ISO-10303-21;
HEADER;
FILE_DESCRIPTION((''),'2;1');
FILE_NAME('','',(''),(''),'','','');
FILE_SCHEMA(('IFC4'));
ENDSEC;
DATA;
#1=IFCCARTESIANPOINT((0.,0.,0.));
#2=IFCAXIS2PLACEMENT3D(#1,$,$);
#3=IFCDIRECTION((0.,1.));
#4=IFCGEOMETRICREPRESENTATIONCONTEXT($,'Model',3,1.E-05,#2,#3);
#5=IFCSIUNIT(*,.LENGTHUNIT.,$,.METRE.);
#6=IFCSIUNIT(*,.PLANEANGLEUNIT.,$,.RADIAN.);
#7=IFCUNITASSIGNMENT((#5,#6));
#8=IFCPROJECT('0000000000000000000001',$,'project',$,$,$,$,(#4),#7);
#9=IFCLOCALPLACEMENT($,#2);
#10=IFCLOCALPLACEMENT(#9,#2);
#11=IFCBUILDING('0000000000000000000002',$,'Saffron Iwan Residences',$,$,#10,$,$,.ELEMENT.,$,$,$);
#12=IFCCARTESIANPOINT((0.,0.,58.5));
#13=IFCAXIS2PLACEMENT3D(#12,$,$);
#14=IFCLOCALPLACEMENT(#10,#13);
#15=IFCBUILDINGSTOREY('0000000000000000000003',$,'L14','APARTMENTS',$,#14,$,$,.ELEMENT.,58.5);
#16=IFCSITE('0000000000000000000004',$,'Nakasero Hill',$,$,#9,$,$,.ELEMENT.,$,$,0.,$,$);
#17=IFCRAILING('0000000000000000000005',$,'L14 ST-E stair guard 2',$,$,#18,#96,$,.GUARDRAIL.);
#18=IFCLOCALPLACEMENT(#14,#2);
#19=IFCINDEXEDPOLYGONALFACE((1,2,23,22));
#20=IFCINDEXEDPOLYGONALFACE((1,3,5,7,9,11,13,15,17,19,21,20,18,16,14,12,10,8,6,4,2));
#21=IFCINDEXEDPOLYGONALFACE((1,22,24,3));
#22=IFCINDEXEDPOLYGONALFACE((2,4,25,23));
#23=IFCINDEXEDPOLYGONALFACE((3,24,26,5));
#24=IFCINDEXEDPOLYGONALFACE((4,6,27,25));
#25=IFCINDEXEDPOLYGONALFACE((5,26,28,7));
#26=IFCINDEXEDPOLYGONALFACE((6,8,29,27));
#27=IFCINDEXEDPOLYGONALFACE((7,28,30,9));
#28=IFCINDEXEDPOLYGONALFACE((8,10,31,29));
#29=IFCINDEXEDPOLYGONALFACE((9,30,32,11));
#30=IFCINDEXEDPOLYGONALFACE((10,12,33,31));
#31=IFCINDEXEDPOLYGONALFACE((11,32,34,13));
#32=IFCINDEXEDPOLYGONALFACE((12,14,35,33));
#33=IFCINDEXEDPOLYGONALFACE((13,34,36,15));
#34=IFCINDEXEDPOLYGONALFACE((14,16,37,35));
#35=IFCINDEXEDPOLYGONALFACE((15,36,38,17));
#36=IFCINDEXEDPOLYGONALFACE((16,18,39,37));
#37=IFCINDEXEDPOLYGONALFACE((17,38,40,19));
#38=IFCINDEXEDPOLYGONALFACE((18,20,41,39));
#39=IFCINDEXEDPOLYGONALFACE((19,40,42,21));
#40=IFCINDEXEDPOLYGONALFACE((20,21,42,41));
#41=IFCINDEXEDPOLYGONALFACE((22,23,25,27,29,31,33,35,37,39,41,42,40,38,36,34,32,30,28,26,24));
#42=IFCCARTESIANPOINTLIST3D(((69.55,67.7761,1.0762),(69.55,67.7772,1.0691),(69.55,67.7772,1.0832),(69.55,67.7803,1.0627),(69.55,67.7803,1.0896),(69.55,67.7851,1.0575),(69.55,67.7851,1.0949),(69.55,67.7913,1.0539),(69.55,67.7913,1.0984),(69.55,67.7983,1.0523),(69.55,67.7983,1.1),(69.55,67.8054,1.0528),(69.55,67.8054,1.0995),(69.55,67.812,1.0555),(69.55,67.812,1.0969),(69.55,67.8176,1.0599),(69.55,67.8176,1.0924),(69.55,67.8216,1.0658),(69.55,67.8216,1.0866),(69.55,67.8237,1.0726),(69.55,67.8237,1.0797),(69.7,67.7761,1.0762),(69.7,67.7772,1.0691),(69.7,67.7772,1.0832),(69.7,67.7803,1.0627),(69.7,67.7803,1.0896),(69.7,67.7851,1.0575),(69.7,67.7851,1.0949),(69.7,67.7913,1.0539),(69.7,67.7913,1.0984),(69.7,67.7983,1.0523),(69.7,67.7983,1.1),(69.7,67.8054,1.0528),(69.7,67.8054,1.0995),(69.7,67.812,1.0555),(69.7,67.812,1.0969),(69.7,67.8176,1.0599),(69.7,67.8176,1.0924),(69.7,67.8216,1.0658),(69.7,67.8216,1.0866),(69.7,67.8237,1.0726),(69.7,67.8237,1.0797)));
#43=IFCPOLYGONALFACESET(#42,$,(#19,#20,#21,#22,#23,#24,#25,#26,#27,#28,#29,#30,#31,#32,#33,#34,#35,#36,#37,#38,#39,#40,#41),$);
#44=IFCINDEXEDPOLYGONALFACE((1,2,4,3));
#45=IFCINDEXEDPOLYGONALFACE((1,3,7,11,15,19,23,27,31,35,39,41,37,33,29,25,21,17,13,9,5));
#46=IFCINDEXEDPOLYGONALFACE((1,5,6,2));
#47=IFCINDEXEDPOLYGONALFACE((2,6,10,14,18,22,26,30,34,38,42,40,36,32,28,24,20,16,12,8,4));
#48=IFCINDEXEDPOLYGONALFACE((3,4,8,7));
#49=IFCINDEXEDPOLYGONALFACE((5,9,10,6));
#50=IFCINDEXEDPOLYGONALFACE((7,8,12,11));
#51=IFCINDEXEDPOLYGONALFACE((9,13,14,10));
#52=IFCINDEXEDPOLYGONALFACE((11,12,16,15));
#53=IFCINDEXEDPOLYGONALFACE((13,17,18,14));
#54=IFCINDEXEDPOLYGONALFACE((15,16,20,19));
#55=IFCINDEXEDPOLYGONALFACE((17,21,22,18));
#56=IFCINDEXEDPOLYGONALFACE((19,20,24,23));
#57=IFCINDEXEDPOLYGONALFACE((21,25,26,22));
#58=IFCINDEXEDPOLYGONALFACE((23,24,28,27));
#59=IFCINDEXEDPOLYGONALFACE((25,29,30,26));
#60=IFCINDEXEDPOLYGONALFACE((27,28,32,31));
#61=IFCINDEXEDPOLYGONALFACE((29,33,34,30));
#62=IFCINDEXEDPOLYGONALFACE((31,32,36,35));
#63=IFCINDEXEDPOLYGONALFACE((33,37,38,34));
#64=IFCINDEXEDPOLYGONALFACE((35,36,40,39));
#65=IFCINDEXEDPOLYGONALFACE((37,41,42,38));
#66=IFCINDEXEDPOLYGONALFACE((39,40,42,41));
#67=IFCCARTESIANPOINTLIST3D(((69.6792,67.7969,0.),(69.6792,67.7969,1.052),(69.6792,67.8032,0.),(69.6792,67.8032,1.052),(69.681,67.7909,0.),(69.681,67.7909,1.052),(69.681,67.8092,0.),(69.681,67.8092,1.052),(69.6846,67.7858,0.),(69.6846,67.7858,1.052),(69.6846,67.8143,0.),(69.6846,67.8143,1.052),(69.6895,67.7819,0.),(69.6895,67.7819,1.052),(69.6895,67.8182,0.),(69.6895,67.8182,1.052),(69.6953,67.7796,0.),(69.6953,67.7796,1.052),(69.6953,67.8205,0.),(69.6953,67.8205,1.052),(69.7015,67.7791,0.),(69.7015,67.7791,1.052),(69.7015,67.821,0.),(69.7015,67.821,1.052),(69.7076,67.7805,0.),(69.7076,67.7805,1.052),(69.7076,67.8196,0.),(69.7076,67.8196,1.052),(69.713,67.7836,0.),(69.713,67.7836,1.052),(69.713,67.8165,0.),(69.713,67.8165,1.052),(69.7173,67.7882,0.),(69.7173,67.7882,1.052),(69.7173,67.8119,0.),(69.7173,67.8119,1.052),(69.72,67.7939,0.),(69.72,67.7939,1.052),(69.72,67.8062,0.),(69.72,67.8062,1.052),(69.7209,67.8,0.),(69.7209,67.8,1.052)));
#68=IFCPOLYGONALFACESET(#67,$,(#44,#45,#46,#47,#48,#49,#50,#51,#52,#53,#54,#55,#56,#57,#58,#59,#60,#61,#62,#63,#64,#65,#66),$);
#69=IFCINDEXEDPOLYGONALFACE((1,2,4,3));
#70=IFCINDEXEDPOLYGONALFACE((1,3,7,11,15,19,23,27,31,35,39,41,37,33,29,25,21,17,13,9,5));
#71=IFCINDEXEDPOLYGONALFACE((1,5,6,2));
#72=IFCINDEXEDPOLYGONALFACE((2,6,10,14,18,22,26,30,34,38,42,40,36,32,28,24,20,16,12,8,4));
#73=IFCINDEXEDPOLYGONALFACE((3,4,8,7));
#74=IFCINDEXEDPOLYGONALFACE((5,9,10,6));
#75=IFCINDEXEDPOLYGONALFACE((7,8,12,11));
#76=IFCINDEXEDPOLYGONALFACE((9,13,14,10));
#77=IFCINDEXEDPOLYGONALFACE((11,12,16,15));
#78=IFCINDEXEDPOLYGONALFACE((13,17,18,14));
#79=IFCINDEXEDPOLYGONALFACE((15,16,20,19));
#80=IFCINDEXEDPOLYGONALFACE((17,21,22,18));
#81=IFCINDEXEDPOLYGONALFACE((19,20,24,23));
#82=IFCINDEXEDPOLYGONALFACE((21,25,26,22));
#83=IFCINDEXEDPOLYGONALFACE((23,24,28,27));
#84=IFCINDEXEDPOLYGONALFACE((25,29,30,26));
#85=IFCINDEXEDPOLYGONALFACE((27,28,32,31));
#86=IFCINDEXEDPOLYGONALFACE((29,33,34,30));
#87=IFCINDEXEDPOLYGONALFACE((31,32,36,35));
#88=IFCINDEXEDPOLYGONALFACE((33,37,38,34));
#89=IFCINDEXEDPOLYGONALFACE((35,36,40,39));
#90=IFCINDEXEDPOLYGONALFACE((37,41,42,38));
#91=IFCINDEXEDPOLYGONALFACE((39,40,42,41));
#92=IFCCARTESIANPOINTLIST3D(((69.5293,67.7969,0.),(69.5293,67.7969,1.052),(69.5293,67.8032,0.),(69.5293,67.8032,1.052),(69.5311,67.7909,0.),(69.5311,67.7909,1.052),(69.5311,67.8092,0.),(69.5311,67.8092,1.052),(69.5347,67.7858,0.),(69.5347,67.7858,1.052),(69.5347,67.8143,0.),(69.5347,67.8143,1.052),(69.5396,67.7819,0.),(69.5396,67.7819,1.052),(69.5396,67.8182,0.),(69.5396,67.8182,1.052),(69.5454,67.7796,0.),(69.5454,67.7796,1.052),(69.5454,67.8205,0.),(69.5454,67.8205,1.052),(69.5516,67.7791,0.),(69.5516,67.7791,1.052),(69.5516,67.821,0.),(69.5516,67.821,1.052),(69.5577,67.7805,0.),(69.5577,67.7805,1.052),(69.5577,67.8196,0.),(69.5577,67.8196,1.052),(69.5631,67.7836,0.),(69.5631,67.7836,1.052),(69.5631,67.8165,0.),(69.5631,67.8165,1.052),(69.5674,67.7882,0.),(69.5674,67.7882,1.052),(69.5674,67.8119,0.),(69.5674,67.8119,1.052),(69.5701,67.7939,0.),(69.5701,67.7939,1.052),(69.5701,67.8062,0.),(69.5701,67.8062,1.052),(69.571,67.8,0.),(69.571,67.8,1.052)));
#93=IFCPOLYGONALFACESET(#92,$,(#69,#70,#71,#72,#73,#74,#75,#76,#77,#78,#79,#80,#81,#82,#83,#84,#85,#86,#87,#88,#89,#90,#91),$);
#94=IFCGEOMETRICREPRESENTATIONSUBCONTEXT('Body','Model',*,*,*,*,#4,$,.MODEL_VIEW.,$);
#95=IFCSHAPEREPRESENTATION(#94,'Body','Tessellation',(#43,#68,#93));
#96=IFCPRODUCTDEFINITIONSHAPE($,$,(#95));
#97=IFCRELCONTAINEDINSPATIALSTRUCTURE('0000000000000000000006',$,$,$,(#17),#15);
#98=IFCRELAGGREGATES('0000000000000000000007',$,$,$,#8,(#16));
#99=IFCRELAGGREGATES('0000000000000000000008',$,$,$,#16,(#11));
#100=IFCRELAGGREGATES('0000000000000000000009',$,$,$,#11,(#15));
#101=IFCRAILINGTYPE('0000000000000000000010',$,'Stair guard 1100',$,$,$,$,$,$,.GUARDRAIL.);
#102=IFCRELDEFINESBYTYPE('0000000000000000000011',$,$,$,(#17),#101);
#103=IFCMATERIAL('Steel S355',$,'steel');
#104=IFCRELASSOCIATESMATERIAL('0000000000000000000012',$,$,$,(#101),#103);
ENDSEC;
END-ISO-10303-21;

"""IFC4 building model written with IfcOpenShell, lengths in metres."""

from ifc_helpers import new_model, si_unit, direction, frame, origin, origin_2d, place, context, subcontext, project, spatial, circle, extrude, material, type_object, element, save


model = new_model("IFC4")

# Units and contexts
model_context = context("Model", 3, precision=1e-05, world=origin(), true_north=direction((0.0, 1.0)))
body_context = subcontext(model_context, "Body", "Model", "MODEL_VIEW")
ifc_project = project(units=[si_unit("LENGTHUNIT", "METRE"), si_unit("PLANEANGLEUNIT", "RADIAN")], contexts=[model_context])

# Site, building, storey
site_placement = place(None, origin())
site = spatial("IfcSite", under=ifc_project, at=site_placement, Name="Nakasero Hill", CompositionType="ELEMENT", RefElevation=0.0)
building_placement = place(site_placement, origin())
building = spatial("IfcBuilding", under=site, at=building_placement, Name="Saffron Iwan Residences", CompositionType="ELEMENT")
storey_placement = place(building_placement, frame((0.0, 0.0, 58.5)))
storey = spatial("IfcBuildingStorey", under=building, at=storey_placement, Name="L14", Description="APARTMENTS", CompositionType="ELEMENT", Elevation=58.5)

# Railing
ifc_material_1 = material(Name="Steel S355", Category="steel")
railing_type_1 = type_object("IfcRailingType", Name="Stair guard 1100", PredefinedType="GUARDRAIL", material=ifc_material_1)
railing_1_placement = place(storey_placement, frame((69.7, 67.8, 0.0)))
element("IfcRailing", 1, at=railing_1_placement, inside=storey, type_object=railing_type_1, Name="L14 ST-E stair guard 2", PredefinedType="GUARDRAIL", context=body_context, shape_type="SweptSolid", body=[
    extrude(circle(Radius=0.0239, at=origin_2d()), frame((0.0, 0.0, 1.0762), z_axis=(-1.0, 0.0, 0.0), x_axis=(0.0, -1.0, 0.0)), (0.0, 0.0, 1.0), 0.1499),
    extrude(circle(Radius=0.021, at=origin_2d()), origin(), (0.0, 0.0, 1.0), 1.052),
    extrude(circle(Radius=0.021, at=origin_2d()), frame((-0.1499, 0.0, 0.0)), (0.0, 0.0, 1.0), 1.052),
])

save(model, "model.ifc")
